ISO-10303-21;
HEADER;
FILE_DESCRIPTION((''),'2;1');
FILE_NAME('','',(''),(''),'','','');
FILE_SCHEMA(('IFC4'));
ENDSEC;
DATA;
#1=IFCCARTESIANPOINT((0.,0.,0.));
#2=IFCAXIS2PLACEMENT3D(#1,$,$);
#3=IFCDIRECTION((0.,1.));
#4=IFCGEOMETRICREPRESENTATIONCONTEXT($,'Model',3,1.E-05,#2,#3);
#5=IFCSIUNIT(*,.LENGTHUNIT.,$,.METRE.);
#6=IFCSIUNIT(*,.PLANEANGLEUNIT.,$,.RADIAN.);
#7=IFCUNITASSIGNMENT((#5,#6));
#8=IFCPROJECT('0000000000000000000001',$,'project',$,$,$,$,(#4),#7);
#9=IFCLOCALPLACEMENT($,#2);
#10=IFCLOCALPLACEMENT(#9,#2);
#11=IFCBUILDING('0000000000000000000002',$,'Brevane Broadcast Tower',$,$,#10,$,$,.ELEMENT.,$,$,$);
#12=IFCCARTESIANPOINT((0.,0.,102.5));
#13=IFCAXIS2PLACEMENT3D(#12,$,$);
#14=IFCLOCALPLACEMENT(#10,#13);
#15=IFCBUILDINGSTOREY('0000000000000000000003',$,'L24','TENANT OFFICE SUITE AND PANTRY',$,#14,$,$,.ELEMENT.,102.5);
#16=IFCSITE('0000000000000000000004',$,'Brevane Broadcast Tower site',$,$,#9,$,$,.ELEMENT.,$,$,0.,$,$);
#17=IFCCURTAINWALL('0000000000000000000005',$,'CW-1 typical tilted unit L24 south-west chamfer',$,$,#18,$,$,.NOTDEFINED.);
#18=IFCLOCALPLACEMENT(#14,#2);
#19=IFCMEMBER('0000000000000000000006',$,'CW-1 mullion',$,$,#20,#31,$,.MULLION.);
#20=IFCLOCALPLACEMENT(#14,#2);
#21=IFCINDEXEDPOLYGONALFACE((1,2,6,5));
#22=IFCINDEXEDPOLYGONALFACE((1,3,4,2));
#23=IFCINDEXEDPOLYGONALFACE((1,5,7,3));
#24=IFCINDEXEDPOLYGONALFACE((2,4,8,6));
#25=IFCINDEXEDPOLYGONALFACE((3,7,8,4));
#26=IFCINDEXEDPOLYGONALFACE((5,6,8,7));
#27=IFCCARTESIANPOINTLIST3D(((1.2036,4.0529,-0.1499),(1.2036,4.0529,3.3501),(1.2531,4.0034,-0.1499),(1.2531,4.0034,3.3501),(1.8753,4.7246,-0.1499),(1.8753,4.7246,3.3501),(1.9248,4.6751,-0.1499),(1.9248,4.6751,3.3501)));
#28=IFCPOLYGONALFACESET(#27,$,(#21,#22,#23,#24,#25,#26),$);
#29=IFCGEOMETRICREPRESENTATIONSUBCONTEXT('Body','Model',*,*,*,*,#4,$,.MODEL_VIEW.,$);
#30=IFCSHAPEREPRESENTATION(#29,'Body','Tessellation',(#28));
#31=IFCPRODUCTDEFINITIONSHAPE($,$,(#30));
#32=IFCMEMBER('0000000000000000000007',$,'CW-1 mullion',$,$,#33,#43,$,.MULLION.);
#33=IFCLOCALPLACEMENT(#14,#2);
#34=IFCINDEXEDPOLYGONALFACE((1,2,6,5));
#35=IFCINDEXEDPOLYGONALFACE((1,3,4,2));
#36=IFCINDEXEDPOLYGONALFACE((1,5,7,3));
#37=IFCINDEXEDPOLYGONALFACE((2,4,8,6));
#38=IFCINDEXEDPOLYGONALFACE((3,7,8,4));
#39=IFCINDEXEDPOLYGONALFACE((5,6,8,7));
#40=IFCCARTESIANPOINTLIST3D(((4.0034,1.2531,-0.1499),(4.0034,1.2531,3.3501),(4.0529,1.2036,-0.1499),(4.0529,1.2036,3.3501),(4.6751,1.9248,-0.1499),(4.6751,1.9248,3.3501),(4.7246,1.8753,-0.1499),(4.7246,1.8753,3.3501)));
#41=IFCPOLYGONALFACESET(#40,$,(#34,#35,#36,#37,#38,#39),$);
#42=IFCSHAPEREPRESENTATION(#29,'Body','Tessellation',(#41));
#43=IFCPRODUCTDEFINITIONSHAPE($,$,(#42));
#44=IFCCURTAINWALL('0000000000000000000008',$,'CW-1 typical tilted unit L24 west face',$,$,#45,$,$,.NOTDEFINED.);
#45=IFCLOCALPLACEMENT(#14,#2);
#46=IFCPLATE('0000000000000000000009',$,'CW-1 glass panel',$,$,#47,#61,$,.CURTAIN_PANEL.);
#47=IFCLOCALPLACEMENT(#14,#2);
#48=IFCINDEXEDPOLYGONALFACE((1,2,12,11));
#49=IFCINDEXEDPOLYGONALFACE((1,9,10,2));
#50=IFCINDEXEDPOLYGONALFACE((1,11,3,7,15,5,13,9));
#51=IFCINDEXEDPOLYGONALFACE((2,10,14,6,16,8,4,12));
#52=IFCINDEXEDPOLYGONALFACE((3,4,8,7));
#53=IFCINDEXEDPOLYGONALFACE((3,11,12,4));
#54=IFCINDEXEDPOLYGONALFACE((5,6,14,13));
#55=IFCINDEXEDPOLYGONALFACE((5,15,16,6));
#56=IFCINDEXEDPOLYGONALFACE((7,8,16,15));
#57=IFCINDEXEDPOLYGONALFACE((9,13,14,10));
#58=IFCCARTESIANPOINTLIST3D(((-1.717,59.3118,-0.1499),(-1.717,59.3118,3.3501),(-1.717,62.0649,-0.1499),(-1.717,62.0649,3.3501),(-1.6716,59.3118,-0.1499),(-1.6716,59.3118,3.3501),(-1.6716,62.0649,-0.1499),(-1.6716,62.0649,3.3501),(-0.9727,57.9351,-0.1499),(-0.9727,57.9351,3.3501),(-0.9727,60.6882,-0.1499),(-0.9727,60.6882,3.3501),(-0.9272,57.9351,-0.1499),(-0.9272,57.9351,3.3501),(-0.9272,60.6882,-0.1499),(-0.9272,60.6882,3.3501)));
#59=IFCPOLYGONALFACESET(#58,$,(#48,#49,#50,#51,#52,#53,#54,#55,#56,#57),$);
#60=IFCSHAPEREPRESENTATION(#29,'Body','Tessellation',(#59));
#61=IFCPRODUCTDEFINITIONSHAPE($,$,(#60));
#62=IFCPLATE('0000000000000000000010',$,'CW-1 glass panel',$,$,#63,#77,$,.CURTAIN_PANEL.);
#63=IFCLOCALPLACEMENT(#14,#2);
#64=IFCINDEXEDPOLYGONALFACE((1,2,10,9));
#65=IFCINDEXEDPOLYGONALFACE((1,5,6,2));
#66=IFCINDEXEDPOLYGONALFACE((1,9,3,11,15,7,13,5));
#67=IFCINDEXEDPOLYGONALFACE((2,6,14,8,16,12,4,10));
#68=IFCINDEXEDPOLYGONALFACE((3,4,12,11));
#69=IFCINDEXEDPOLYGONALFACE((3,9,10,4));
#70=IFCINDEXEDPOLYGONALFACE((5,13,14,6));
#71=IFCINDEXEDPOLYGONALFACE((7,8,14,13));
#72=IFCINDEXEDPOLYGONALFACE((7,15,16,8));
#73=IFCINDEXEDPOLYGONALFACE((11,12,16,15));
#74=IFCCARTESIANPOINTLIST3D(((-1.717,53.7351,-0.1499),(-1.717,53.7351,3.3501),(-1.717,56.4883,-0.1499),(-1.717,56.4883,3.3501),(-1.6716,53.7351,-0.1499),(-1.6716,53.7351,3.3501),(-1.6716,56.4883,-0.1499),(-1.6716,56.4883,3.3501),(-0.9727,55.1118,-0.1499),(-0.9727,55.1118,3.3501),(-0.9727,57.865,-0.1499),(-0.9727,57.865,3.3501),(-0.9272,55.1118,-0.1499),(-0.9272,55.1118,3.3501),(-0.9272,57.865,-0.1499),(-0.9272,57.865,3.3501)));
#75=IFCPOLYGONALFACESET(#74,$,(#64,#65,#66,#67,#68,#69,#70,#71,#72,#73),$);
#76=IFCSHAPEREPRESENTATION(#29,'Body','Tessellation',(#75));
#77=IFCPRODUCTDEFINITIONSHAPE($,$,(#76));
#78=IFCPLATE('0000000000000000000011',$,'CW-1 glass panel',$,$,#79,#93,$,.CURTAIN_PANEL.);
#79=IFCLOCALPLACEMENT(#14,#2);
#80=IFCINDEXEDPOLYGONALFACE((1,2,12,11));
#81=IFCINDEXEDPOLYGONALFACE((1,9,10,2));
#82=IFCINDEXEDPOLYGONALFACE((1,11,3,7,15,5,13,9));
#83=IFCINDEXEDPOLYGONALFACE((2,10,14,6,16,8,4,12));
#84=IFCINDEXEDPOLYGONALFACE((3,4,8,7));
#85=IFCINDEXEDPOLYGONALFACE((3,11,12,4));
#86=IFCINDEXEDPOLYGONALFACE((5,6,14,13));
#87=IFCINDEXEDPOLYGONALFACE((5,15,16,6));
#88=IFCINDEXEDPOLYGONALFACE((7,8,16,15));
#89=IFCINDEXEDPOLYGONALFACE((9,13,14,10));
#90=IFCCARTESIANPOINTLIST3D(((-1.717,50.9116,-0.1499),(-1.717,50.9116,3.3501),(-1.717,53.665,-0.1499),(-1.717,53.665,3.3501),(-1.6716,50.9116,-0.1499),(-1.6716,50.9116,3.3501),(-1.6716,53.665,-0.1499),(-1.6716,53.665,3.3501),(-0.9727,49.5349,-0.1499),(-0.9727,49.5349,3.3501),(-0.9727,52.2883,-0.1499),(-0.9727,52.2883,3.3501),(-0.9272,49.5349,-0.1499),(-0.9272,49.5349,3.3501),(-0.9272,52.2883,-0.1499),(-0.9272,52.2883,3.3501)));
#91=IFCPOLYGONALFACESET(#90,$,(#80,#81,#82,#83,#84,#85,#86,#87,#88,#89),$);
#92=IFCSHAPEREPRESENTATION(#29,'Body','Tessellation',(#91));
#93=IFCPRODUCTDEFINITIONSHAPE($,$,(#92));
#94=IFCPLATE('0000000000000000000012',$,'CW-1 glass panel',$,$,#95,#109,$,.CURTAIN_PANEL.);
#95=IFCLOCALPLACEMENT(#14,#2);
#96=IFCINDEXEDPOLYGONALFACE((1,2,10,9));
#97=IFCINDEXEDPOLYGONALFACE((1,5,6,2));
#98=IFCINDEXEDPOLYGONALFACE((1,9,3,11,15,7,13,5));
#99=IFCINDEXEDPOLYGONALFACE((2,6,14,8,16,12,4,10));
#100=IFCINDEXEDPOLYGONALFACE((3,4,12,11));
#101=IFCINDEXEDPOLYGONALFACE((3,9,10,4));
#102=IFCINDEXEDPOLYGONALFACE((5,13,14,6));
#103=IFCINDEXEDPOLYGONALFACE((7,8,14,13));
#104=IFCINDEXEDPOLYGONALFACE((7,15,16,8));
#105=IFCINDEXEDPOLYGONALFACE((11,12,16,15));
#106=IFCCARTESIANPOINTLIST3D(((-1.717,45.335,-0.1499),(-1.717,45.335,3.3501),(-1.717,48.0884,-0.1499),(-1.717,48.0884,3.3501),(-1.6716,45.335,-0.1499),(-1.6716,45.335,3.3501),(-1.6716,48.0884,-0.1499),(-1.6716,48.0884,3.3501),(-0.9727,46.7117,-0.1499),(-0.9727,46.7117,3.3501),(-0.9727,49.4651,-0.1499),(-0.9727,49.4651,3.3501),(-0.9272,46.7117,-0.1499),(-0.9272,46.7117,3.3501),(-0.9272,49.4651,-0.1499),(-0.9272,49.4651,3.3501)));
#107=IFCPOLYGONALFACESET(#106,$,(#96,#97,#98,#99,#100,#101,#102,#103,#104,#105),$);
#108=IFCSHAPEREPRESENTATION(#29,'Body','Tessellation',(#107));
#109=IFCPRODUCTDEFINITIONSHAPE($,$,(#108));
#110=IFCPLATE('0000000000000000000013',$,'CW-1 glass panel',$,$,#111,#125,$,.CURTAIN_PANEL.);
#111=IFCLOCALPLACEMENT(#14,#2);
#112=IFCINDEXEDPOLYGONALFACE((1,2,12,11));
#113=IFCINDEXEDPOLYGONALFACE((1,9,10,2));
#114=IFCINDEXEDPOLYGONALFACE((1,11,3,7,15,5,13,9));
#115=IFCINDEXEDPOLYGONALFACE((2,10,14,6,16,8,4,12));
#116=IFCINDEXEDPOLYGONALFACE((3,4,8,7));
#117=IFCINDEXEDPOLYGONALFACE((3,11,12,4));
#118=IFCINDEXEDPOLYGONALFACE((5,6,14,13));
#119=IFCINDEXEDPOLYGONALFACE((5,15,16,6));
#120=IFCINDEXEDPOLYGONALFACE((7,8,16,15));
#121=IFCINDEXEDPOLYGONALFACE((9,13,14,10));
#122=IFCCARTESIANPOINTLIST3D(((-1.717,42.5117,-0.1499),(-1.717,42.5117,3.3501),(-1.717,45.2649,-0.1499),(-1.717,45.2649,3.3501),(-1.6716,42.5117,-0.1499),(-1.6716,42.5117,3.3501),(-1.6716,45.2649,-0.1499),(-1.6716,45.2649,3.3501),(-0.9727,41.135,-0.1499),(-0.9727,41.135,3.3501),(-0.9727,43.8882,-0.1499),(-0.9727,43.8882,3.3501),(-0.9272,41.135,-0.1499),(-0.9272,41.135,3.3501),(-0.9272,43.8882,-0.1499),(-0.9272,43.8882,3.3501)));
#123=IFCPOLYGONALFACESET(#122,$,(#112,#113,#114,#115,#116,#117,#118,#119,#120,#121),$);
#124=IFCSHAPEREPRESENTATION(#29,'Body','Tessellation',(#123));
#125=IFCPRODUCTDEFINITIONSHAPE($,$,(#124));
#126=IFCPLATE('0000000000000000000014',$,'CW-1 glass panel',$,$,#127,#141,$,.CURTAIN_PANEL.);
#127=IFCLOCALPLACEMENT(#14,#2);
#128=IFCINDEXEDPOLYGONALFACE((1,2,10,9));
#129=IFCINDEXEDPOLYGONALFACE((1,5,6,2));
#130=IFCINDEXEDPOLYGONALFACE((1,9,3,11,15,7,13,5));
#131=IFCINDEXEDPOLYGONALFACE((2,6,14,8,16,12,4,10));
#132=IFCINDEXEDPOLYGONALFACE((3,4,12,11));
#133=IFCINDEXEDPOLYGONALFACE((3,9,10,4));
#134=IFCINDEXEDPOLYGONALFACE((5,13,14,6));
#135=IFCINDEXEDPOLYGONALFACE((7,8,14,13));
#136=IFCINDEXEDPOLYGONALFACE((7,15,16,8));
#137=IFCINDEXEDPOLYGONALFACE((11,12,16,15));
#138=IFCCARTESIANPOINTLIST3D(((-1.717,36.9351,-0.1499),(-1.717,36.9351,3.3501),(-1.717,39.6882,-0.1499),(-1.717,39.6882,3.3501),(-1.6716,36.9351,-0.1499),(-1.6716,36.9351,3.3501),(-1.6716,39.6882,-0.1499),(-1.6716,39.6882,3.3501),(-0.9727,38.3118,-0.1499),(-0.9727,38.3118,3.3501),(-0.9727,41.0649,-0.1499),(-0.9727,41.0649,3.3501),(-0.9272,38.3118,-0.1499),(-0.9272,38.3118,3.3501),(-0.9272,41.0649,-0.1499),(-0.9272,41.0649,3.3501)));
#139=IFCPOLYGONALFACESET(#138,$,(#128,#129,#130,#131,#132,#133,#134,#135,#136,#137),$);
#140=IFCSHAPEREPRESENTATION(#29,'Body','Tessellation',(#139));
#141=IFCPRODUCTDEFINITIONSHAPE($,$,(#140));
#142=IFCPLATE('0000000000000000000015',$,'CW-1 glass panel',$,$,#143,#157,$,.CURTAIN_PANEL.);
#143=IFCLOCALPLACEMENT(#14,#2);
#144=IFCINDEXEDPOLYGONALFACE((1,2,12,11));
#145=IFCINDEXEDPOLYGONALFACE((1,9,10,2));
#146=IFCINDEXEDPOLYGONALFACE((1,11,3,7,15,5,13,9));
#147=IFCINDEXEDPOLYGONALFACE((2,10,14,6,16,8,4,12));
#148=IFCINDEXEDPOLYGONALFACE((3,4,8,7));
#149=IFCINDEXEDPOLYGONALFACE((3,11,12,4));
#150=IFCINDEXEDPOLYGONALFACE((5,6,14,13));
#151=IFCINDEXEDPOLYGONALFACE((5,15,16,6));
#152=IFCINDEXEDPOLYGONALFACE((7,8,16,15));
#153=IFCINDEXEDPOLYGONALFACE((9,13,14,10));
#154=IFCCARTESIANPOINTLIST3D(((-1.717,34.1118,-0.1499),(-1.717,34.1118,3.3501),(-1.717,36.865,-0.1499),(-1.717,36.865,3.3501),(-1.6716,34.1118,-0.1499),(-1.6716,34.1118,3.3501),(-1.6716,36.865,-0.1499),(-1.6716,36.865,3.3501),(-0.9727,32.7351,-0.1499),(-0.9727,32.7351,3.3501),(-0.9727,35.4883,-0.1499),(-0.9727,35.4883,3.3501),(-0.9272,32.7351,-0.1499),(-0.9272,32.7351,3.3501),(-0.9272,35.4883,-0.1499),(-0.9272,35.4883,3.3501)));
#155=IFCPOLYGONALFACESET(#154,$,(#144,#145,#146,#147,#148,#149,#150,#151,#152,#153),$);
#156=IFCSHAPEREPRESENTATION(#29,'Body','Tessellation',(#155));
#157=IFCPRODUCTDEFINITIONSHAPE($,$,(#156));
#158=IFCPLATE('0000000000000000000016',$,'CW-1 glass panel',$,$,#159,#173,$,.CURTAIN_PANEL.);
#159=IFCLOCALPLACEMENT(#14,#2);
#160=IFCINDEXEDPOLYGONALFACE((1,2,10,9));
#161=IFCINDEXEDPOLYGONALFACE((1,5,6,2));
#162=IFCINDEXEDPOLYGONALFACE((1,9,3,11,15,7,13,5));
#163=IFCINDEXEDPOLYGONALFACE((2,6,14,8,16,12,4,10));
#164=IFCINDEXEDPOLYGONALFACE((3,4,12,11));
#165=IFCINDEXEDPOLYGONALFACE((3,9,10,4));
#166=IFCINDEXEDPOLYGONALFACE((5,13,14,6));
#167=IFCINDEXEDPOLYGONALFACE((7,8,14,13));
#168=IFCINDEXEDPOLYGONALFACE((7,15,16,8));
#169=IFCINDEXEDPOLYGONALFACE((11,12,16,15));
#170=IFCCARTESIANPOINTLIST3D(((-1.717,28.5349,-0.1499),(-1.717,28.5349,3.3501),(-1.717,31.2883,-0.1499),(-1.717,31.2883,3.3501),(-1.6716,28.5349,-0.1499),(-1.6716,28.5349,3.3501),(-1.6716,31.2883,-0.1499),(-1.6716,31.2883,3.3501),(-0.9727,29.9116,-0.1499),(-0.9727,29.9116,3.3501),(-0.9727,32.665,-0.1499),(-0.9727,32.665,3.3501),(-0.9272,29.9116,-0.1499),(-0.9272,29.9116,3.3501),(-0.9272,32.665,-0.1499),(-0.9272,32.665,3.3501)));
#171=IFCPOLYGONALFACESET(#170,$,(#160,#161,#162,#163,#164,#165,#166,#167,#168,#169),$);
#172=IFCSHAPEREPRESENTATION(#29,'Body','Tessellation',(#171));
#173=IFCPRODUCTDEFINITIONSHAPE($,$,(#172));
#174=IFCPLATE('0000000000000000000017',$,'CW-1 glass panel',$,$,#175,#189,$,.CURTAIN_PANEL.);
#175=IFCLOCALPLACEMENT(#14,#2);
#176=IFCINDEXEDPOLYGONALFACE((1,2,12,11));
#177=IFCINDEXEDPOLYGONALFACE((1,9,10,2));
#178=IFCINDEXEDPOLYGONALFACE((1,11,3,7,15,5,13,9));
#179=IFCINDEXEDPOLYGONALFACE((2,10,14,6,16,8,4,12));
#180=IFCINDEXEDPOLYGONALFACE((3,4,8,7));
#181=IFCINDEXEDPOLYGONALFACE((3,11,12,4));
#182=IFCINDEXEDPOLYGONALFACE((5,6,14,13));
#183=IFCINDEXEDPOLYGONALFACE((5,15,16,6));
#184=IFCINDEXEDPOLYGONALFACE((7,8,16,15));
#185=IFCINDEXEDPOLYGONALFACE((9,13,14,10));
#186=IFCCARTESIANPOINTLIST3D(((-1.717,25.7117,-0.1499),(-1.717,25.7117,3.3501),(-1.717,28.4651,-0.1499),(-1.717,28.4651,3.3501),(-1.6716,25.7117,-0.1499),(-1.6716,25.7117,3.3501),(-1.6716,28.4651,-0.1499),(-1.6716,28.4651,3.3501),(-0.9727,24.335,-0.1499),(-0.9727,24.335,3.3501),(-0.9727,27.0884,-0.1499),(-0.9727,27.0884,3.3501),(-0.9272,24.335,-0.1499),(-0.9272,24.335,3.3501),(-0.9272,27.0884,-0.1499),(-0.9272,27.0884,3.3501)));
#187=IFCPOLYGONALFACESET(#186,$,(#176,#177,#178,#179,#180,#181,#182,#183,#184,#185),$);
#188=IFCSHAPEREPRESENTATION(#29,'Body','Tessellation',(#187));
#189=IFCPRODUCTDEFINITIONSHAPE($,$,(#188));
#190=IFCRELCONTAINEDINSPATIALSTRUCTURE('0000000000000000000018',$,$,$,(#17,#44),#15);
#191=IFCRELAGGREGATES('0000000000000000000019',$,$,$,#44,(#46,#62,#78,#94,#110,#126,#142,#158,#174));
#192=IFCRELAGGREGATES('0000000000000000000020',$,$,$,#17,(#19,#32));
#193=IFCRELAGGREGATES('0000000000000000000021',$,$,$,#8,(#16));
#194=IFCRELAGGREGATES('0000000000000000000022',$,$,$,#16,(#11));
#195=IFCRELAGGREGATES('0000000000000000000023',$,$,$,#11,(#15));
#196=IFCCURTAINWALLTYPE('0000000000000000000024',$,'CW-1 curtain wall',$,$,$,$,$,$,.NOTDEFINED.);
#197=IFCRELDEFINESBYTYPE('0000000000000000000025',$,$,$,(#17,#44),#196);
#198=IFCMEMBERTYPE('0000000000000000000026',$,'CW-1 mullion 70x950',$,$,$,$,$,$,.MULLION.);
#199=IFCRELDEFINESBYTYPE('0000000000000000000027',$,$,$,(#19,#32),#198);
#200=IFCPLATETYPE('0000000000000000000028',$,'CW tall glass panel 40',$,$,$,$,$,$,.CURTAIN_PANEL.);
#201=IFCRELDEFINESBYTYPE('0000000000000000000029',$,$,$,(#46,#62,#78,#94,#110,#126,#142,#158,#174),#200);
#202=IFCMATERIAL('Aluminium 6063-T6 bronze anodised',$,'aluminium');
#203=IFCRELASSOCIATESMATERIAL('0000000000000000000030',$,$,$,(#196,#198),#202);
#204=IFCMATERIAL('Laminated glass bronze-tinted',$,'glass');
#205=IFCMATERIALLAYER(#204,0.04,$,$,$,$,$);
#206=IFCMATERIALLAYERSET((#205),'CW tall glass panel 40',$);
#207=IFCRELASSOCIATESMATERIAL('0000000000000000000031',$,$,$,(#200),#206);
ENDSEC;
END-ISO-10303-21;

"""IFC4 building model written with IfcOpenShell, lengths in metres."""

from ifc_helpers import new_model, si_unit, direction, frame, origin, origin_2d, place, context, subcontext, project, spatial, polyline, rectangle, outline, extrude, material, layer, layer_set, material_profile, profile_set, type_object, element, aggregate, save


model = new_model("IFC4")

# Units and contexts
model_context = context("Model", 3, precision=1e-05, world=origin(), true_north=direction((0.0, 1.0)))
body_context = subcontext(model_context, "Body", "Model", "MODEL_VIEW")
ifc_project = project(units=[si_unit("LENGTHUNIT", "METRE"), si_unit("PLANEANGLEUNIT", "RADIAN")], contexts=[model_context])

# Site, building, storey
site_placement = place(None, origin())
site = spatial("IfcSite", under=ifc_project, at=site_placement, Name="Brevane Broadcast Tower site", CompositionType="ELEMENT", RefElevation=0.0)
building_placement = place(site_placement, origin())
building = spatial("IfcBuilding", under=site, at=building_placement, Name="Brevane Broadcast Tower", CompositionType="ELEMENT")
storey_placement = place(building_placement, frame((0.0, 0.0, 102.5)))
storey = spatial("IfcBuildingStorey", under=building, at=storey_placement, Name="L24", Description="TENANT OFFICE SUITE AND PANTRY", CompositionType="ELEMENT", Elevation=102.5)

# Curtain wall, members
ifc_material_1 = material(Name="Aluminium 6063-T6 bronze anodised", Category="aluminium")
curtain_wall_type = type_object("IfcCurtainWallType", Name="CW-1 curtain wall", PredefinedType="NOTDEFINED", material=ifc_material_1)
curtain_wall_1_placement = place(storey_placement, origin())
curtain_wall_1 = element("IfcCurtainWall", 1, at=curtain_wall_1_placement, inside=storey, type_object=curtain_wall_type, Name="CW-1 typical tilted unit L24 south-west chamfer", PredefinedType="NOTDEFINED")
ifc_material_profile = material_profile(ifc_material_1, rectangle(XDim=0.95, YDim=0.0701, at=origin_2d()), Name="RECT 70x950")
ifc_profile_set = profile_set([ifc_material_profile], Name="Aluminium 6063-T6 bronze anodised")
member_type = type_object("IfcMemberType", Name="CW-1 mullion 70x950", PredefinedType="MULLION", material=ifc_profile_set)
member_1_placement = place(storey_placement, frame((1.5642, 4.364, -0.1499), z_axis=(0.0, 0.0, 1.0), x_axis=(0.707107, 0.707107, 0.0)))
member_1 = element("IfcMember", 2, at=member_1_placement, type_object=member_type, Name="CW-1 mullion", PredefinedType="MULLION", context=body_context, shape_type="SweptSolid", body=[
    extrude(rectangle(XDim=0.95, YDim=0.0701, at=origin_2d()), origin(), (0.0, 0.0, 1.0), 3.5),
])
member_2_placement = place(storey_placement, frame((4.364, 1.5642, -0.1499), z_axis=(0.0, 0.0, 1.0), x_axis=(0.707107, 0.707107, 0.0)))
member_2 = element("IfcMember", 3, at=member_2_placement, type_object=member_type, Name="CW-1 mullion", PredefinedType="MULLION", context=body_context, shape_type="SweptSolid", body=[
    extrude(rectangle(XDim=0.95, YDim=0.0701, at=origin_2d()), origin(), (0.0, 0.0, 1.0), 3.5),
])

# Curtain wall, plates
curtain_wall_2_placement = place(storey_placement, origin())
curtain_wall_2 = element("IfcCurtainWall", 4, at=curtain_wall_2_placement, inside=storey, type_object=curtain_wall_type, Name="CW-1 typical tilted unit L24 west face", PredefinedType="NOTDEFINED")
ifc_material_2 = material(Name="Laminated glass bronze-tinted", Category="glass")
ifc_layer_1 = layer(ifc_material_2, 0.04)
ifc_layer_set_1 = layer_set([ifc_layer_1], Name="CW tall glass panel 40")
plate_type = type_object("IfcPlateType", Name="CW tall glass panel 40", PredefinedType="CURTAIN_PANEL", material=ifc_layer_set_1)
plate_1_placement = place(storey_placement, frame((0.0, 0.0, -0.1499)))
plate_1 = element("IfcPlate", 5, at=plate_1_placement, type_object=plate_type, Name="CW-1 glass panel", PredefinedType="CURTAIN_PANEL", context=body_context, shape_type="SweptSolid", body=[
    extrude(outline(polyline([(-1.6716, 62.0649), (-1.717, 62.0649), (-0.9727, 60.6882), (-1.717, 59.3118), (-0.9727, 57.9351), (-0.9272, 57.9351), (-1.6716, 59.3118), (-0.9272, 60.6882), (-1.6716, 62.0649)])), origin(), (0.0, 0.0, 1.0), 3.5),
])
plate_2_placement = place(storey_placement, frame((0.0, 0.0, -0.1499)))
plate_2 = element("IfcPlate", 6, at=plate_2_placement, type_object=plate_type, Name="CW-1 glass panel", PredefinedType="CURTAIN_PANEL", context=body_context, shape_type="SweptSolid", body=[
    extrude(outline(polyline([(-0.9272, 57.865), (-0.9727, 57.865), (-1.717, 56.4883), (-0.9727, 55.1118), (-1.717, 53.7351), (-1.6716, 53.7351), (-0.9272, 55.1118), (-1.6716, 56.4883), (-0.9272, 57.865)])), origin(), (0.0, 0.0, 1.0), 3.5),
])
plate_3_placement = place(storey_placement, frame((0.0, 0.0, -0.1499)))
plate_3 = element("IfcPlate", 7, at=plate_3_placement, type_object=plate_type, Name="CW-1 glass panel", PredefinedType="CURTAIN_PANEL", context=body_context, shape_type="SweptSolid", body=[
    extrude(outline(polyline([(-1.6716, 53.665), (-1.717, 53.665), (-0.9727, 52.2883), (-1.717, 50.9116), (-0.9727, 49.5349), (-0.9272, 49.5349), (-1.6716, 50.9116), (-0.9272, 52.2883), (-1.6716, 53.665)])), origin(), (0.0, 0.0, 1.0), 3.5),
])
plate_4_placement = place(storey_placement, frame((0.0, 0.0, -0.1499)))
plate_4 = element("IfcPlate", 8, at=plate_4_placement, type_object=plate_type, Name="CW-1 glass panel", PredefinedType="CURTAIN_PANEL", context=body_context, shape_type="SweptSolid", body=[
    extrude(outline(polyline([(-0.9272, 49.4651), (-0.9727, 49.4651), (-1.717, 48.0884), (-0.9727, 46.7117), (-1.717, 45.335), (-1.6716, 45.335), (-0.9272, 46.7117), (-1.6716, 48.0884), (-0.9272, 49.4651)])), origin(), (0.0, 0.0, 1.0), 3.5),
])
plate_5_placement = place(storey_placement, frame((0.0, 0.0, -0.1499)))
plate_5 = element("IfcPlate", 9, at=plate_5_placement, type_object=plate_type, Name="CW-1 glass panel", PredefinedType="CURTAIN_PANEL", context=body_context, shape_type="SweptSolid", body=[
    extrude(outline(polyline([(-1.6716, 45.2649), (-1.717, 45.2649), (-0.9727, 43.8882), (-1.717, 42.5117), (-0.9727, 41.135), (-0.9272, 41.135), (-1.6716, 42.5117), (-0.9272, 43.8882), (-1.6716, 45.2649)])), origin(), (0.0, 0.0, 1.0), 3.5),
])
plate_6_placement = place(storey_placement, frame((0.0, 0.0, -0.1499)))
plate_6 = element("IfcPlate", 10, at=plate_6_placement, type_object=plate_type, Name="CW-1 glass panel", PredefinedType="CURTAIN_PANEL", context=body_context, shape_type="SweptSolid", body=[
    extrude(outline(polyline([(-0.9272, 41.0649), (-0.9727, 41.0649), (-1.717, 39.6882), (-0.9727, 38.3118), (-1.717, 36.9351), (-1.6716, 36.9351), (-0.9272, 38.3118), (-1.6716, 39.6882), (-0.9272, 41.0649)])), origin(), (0.0, 0.0, 1.0), 3.5),
])
plate_7_placement = place(storey_placement, frame((0.0, 0.0, -0.1499)))
plate_7 = element("IfcPlate", 11, at=plate_7_placement, type_object=plate_type, Name="CW-1 glass panel", PredefinedType="CURTAIN_PANEL", context=body_context, shape_type="SweptSolid", body=[
    extrude(outline(polyline([(-1.6716, 36.865), (-1.717, 36.865), (-0.9727, 35.4883), (-1.717, 34.1118), (-0.9727, 32.7351), (-0.9272, 32.7351), (-1.6716, 34.1118), (-0.9272, 35.4883), (-1.6716, 36.865)])), origin(), (0.0, 0.0, 1.0), 3.5),
])
plate_8_placement = place(storey_placement, frame((0.0, 0.0, -0.1499)))
plate_8 = element("IfcPlate", 12, at=plate_8_placement, type_object=plate_type, Name="CW-1 glass panel", PredefinedType="CURTAIN_PANEL", context=body_context, shape_type="SweptSolid", body=[
    extrude(outline(polyline([(-0.9272, 32.665), (-0.9727, 32.665), (-1.717, 31.2883), (-0.9727, 29.9116), (-1.717, 28.5349), (-1.6716, 28.5349), (-0.9272, 29.9116), (-1.6716, 31.2883), (-0.9272, 32.665)])), origin(), (0.0, 0.0, 1.0), 3.5),
])
plate_9_placement = place(storey_placement, frame((0.0, 0.0, -0.1499)))
plate_9 = element("IfcPlate", 13, at=plate_9_placement, type_object=plate_type, Name="CW-1 glass panel", PredefinedType="CURTAIN_PANEL", context=body_context, shape_type="SweptSolid", body=[
    extrude(outline(polyline([(-1.6716, 28.4651), (-1.717, 28.4651), (-0.9727, 27.0884), (-1.717, 25.7117), (-0.9727, 24.335), (-0.9272, 24.335), (-1.6716, 25.7117), (-0.9272, 27.0884), (-1.6716, 28.4651)])), origin(), (0.0, 0.0, 1.0), 3.5),
])
aggregate(curtain_wall_2, [plate_1, plate_2, plate_3, plate_4, plate_5, plate_6, plate_7, plate_8, plate_9])

aggregate(curtain_wall_1, [member_1, member_2])

save(model, "model.ifc")
